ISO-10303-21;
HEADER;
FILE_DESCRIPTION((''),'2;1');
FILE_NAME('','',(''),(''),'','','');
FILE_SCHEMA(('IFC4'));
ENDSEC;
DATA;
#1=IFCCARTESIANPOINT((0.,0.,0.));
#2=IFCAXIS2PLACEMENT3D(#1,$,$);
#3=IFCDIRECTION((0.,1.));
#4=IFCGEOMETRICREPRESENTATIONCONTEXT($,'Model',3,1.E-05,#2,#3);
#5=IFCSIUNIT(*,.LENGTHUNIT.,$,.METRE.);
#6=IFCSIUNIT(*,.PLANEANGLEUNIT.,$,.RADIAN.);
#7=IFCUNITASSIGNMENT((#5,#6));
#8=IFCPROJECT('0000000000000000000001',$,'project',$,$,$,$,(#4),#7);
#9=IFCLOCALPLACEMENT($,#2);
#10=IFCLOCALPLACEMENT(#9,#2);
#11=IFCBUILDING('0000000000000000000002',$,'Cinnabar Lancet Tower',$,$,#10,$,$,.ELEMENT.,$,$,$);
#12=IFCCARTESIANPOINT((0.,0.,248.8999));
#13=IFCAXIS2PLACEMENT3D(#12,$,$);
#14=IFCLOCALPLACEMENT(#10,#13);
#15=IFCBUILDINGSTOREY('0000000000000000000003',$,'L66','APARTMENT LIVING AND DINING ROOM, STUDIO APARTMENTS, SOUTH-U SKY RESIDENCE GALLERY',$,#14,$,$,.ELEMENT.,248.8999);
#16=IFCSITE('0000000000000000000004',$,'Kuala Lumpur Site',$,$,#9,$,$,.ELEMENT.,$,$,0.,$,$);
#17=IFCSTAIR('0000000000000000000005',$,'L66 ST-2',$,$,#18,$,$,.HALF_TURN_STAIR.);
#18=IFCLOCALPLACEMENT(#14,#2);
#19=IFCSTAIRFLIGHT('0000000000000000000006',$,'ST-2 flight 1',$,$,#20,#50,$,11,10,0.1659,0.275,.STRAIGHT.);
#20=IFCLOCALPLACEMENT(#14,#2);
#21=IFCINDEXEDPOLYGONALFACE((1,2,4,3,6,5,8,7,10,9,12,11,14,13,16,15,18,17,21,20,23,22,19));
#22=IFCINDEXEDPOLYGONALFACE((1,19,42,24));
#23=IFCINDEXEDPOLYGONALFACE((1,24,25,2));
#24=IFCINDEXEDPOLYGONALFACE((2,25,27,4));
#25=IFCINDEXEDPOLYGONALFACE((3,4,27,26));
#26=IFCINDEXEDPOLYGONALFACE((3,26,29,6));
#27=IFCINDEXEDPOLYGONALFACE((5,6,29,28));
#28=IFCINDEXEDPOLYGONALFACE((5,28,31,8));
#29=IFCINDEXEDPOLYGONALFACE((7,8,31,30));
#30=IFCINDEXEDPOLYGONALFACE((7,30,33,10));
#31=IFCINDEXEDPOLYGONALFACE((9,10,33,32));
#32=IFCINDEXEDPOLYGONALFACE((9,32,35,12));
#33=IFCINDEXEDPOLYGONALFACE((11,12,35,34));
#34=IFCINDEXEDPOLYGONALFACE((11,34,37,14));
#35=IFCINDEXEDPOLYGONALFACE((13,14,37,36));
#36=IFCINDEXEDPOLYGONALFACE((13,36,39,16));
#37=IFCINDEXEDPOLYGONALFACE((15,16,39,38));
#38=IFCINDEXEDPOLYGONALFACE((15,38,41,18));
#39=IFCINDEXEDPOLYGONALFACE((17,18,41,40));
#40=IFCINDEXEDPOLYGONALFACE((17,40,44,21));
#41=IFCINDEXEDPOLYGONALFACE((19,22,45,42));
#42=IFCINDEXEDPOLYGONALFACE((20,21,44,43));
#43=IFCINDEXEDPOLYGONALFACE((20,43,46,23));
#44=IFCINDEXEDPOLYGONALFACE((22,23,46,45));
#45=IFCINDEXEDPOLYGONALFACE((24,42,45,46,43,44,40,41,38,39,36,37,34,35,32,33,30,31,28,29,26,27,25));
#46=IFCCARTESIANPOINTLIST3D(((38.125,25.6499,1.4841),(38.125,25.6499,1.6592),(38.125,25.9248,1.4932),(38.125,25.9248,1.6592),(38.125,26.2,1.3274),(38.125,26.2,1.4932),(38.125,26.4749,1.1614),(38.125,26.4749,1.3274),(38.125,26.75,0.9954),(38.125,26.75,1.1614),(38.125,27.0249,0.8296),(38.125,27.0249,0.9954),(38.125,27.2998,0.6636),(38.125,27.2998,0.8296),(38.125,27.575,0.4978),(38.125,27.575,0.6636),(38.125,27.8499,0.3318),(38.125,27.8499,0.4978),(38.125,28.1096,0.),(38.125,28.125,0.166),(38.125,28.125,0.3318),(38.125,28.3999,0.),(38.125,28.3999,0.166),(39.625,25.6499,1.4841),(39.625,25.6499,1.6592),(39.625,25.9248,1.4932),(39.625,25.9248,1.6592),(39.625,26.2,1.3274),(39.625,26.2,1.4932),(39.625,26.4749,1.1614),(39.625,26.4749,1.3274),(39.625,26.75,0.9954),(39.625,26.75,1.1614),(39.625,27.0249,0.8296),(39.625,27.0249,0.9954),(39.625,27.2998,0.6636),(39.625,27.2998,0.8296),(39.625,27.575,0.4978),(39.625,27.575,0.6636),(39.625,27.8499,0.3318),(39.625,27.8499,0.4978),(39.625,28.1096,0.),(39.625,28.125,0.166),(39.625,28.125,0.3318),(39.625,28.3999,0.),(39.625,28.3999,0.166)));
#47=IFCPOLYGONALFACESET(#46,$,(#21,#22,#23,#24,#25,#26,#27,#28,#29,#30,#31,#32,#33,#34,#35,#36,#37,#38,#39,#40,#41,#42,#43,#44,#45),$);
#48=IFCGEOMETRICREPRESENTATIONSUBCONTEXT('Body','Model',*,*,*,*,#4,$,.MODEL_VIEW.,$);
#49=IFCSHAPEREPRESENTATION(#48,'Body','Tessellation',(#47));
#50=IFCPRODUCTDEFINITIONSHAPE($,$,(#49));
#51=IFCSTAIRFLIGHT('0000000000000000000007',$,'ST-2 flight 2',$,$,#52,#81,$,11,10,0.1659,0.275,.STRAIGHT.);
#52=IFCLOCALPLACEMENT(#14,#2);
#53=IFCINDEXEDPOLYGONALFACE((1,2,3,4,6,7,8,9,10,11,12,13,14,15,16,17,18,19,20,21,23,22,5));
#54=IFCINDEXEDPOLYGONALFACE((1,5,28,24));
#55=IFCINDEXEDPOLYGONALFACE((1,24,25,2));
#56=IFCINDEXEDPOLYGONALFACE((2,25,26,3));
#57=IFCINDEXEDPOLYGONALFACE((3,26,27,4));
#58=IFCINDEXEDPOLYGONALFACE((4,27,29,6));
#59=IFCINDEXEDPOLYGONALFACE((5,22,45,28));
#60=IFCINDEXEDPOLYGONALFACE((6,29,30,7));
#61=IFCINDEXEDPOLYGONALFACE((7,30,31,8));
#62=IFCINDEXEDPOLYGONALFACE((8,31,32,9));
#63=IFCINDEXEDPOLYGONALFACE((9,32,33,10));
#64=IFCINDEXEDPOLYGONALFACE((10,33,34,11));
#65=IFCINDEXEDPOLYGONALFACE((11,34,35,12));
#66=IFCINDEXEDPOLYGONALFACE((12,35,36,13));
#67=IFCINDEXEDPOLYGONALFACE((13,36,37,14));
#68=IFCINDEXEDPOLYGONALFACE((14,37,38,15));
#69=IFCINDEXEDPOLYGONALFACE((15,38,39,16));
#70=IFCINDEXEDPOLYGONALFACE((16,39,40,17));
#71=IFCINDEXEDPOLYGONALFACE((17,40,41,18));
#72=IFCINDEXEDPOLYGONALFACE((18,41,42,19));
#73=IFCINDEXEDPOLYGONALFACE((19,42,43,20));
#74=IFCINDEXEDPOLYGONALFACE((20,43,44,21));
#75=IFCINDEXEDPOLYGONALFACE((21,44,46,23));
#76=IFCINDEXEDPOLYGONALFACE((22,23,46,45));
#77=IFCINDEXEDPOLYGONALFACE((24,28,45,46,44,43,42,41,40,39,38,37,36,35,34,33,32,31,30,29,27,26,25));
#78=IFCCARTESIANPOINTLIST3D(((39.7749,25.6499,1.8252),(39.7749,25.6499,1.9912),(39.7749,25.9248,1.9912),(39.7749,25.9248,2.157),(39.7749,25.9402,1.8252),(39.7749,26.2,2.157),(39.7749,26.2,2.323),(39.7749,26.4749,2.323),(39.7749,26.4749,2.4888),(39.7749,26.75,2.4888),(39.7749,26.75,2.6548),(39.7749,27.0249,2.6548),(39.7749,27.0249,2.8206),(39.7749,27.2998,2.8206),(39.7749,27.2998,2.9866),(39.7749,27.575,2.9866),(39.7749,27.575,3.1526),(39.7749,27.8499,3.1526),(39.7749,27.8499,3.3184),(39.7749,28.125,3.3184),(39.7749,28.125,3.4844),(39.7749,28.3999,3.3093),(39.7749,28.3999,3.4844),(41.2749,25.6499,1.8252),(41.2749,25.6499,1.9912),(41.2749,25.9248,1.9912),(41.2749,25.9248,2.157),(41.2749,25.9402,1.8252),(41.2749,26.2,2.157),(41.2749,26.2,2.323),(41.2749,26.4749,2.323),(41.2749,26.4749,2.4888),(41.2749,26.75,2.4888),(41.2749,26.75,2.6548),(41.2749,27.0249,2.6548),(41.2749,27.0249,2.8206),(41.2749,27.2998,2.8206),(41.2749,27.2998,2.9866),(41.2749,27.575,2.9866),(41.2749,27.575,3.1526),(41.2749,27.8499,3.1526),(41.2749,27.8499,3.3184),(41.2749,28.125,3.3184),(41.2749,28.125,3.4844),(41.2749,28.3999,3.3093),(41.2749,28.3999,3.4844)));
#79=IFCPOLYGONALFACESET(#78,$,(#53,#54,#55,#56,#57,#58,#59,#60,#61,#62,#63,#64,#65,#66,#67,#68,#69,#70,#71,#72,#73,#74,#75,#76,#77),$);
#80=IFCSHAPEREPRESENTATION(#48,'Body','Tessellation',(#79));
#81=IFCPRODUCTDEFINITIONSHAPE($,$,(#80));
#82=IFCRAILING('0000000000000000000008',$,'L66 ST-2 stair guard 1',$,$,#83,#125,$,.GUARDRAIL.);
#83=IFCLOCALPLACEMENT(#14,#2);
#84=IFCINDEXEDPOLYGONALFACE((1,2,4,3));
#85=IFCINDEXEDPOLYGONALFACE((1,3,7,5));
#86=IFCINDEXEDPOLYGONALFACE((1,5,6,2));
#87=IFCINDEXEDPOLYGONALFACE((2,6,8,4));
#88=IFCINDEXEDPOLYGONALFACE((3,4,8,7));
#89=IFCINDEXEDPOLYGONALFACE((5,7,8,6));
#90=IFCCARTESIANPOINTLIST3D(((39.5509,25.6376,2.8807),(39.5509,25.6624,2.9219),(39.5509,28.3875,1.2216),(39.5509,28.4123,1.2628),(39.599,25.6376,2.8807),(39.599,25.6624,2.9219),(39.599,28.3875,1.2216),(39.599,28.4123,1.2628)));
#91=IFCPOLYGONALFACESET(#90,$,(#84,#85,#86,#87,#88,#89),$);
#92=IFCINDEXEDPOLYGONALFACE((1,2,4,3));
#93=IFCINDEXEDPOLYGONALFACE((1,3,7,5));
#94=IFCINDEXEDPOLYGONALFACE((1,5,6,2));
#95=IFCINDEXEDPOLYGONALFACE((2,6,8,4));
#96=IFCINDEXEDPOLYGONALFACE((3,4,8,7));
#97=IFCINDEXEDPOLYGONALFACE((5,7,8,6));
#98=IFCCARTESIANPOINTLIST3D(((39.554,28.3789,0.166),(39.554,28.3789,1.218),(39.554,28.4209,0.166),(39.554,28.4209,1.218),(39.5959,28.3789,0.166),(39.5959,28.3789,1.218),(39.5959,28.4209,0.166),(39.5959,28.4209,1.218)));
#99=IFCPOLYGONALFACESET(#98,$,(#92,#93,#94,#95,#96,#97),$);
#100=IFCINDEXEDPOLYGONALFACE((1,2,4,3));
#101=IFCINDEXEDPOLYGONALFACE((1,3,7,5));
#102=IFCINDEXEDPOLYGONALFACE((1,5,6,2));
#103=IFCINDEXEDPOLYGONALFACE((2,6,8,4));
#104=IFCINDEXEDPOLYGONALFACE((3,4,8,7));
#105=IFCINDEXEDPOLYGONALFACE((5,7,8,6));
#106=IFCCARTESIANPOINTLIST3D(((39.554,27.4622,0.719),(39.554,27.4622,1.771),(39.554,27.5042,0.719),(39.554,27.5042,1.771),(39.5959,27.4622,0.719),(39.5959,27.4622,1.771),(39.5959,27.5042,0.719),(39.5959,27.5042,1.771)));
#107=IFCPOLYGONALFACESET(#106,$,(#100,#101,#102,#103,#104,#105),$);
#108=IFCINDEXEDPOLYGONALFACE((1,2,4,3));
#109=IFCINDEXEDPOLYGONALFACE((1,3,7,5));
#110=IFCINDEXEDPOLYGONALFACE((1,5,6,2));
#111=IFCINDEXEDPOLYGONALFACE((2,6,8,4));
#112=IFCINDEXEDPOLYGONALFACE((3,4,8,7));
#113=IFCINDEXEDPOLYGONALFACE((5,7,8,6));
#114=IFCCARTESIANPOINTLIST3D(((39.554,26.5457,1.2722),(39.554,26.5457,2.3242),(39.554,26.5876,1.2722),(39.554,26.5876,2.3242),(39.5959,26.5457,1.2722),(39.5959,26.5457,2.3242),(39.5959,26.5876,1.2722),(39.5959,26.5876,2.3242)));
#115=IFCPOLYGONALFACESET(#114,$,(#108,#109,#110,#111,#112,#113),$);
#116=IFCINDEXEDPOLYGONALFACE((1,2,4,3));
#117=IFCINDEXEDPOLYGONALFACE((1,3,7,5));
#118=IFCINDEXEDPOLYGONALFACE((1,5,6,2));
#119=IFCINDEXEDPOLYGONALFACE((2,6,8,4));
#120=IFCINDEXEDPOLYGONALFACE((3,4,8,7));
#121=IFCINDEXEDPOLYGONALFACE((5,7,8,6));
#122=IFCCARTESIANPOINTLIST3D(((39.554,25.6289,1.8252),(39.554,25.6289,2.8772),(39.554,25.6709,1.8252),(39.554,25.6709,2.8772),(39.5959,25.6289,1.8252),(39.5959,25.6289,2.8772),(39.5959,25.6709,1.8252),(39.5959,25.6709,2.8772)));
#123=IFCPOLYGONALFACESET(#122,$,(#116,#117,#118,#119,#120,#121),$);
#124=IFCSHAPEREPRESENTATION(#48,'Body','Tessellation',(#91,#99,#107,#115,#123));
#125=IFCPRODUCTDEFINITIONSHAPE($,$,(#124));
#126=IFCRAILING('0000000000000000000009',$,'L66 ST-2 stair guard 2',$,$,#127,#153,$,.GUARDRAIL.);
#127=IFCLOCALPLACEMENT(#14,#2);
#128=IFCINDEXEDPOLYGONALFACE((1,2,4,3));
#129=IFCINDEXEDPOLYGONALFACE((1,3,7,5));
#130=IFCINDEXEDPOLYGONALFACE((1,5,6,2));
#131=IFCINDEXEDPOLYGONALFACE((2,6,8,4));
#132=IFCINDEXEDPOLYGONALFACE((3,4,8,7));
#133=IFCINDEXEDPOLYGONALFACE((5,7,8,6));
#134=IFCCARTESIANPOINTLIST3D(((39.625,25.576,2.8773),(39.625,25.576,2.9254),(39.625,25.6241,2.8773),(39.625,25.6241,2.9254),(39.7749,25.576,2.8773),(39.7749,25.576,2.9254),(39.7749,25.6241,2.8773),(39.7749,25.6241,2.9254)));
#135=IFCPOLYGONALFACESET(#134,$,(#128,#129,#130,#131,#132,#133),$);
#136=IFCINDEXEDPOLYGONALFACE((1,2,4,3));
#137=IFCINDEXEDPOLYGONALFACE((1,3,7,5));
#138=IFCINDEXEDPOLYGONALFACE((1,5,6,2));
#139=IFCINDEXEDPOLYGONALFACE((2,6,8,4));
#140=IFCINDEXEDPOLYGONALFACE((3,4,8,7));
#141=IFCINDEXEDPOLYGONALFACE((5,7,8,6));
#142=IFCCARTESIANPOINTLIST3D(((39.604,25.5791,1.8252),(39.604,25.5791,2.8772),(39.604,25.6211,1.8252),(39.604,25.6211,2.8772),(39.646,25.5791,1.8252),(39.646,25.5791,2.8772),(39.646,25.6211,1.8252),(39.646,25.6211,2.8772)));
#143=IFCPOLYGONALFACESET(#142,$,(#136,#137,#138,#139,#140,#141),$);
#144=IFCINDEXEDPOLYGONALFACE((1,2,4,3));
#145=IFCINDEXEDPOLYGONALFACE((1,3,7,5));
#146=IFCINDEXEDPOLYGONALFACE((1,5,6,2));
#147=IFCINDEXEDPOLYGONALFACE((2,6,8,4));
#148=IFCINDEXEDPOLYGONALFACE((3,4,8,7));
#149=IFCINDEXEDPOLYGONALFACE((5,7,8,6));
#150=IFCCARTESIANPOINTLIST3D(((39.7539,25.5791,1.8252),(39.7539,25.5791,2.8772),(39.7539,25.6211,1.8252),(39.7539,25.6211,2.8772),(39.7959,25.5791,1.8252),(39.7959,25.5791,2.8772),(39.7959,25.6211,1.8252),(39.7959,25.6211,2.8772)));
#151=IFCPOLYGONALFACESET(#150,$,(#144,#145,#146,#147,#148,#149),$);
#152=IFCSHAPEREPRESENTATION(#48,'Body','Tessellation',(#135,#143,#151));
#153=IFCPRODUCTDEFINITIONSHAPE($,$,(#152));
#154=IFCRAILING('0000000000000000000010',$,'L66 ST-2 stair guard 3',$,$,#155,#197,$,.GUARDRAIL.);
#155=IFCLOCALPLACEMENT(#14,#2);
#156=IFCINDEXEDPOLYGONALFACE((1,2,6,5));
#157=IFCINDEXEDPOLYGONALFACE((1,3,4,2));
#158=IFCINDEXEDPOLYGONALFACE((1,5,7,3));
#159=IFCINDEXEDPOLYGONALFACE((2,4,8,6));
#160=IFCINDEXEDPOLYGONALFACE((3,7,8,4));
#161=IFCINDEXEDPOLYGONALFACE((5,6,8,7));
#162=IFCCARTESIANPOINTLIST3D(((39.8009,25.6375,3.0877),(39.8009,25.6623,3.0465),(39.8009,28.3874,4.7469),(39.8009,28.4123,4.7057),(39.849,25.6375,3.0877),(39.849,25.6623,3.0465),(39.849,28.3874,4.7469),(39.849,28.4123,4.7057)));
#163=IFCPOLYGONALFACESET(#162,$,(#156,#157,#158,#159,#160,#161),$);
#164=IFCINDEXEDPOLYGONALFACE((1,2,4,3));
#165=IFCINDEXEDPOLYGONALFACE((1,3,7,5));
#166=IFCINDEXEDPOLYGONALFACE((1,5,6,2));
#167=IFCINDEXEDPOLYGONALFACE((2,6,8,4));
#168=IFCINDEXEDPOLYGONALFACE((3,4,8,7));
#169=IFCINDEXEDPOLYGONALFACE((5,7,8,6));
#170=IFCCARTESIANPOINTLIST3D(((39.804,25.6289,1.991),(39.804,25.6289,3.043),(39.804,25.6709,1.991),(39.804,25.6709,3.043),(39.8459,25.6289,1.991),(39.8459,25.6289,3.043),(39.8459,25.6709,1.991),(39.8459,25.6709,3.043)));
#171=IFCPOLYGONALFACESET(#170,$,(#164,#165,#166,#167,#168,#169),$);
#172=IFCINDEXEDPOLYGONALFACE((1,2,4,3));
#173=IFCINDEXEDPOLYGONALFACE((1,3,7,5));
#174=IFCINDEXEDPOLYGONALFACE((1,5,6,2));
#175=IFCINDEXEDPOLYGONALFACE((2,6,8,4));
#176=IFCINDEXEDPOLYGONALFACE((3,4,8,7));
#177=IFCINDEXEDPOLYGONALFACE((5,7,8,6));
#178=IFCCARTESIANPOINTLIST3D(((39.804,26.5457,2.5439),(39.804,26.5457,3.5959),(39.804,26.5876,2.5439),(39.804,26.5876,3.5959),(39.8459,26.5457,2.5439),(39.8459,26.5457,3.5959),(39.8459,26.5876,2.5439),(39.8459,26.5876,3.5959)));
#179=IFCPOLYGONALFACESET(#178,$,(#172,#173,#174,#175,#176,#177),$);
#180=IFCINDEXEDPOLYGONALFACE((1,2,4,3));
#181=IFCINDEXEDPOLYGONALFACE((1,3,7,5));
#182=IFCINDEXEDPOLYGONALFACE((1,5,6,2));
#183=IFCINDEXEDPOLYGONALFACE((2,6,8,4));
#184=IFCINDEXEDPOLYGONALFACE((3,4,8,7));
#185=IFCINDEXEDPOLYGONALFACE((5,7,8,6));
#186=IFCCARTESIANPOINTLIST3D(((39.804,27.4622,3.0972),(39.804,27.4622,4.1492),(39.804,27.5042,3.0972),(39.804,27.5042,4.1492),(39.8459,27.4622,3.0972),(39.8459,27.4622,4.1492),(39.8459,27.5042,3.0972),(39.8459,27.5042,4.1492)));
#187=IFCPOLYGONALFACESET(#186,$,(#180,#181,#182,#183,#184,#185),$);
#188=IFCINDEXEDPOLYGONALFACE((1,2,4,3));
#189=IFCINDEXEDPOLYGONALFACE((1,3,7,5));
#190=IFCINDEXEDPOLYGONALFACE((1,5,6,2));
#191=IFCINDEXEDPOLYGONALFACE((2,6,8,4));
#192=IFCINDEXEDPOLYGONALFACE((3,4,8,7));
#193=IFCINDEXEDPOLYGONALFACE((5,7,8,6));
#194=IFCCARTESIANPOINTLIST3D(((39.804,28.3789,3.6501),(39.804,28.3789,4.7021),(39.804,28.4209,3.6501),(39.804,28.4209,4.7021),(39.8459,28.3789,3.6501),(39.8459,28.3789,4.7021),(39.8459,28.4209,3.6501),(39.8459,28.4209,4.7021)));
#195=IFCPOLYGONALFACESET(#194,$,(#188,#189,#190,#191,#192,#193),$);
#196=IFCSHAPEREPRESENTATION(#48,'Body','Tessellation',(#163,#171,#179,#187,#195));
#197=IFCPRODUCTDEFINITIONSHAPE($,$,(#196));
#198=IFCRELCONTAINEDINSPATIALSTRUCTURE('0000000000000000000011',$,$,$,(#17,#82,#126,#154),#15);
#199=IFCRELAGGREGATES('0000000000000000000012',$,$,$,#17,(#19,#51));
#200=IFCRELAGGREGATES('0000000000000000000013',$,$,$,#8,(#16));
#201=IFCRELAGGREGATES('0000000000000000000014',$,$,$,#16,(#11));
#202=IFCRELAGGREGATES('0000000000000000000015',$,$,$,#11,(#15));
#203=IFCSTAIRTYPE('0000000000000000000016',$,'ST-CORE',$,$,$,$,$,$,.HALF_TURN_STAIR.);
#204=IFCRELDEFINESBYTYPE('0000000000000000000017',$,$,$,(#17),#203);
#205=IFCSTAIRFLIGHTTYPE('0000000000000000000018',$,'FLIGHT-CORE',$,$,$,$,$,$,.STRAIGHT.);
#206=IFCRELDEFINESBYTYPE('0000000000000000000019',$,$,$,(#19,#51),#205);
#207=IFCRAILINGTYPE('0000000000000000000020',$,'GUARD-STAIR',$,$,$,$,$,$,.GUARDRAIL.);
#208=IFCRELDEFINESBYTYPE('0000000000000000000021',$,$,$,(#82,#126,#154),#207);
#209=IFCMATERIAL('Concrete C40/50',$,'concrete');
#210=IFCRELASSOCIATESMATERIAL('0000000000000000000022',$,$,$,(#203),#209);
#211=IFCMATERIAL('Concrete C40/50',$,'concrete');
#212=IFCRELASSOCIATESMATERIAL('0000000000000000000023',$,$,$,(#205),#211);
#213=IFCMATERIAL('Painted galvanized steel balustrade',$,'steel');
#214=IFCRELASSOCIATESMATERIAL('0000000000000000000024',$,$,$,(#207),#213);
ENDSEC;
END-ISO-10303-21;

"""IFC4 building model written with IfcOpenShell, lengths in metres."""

from ifc_helpers import new_model, si_unit, direction, frame, origin, origin_2d, place, context, subcontext, project, spatial, polyline, rectangle, outline, extrude, material, type_object, element, aggregate, save


model = new_model("IFC4")

# Units and contexts
model_context = context("Model", 3, precision=1e-05, world=origin(), true_north=direction((0.0, 1.0)))
body_context = subcontext(model_context, "Body", "Model", "MODEL_VIEW")
ifc_project = project(units=[si_unit("LENGTHUNIT", "METRE"), si_unit("PLANEANGLEUNIT", "RADIAN")], contexts=[model_context])

# Site, building, storey
site_placement = place(None, origin())
site = spatial("IfcSite", under=ifc_project, at=site_placement, Name="Kuala Lumpur Site", CompositionType="ELEMENT", RefElevation=0.0)
building_placement = place(site_placement, origin())
building = spatial("IfcBuilding", under=site, at=building_placement, Name="Cinnabar Lancet Tower", CompositionType="ELEMENT")
storey_placement = place(building_placement, frame((0.0, 0.0, 248.8999)))
storey = spatial("IfcBuildingStorey", under=building, at=storey_placement, Name="L66", Description="APARTMENT LIVING AND DINING ROOM, STUDIO APARTMENTS, SOUTH-U SKY RESIDENCE GALLERY", CompositionType="ELEMENT", Elevation=248.8999)

# Stair, stair flights
ifc_material_1 = material(Name="Concrete C40/50", Category="concrete")
stair_type = type_object("IfcStairType", Name="ST-CORE", PredefinedType="HALF_TURN_STAIR", material=ifc_material_1)
stair_placement = place(storey_placement, origin())
stair = element("IfcStair", 1, at=stair_placement, inside=storey, type_object=stair_type, Name="L66 ST-2", PredefinedType="HALF_TURN_STAIR")
ifc_material_2 = material(Name="Concrete C40/50", Category="concrete")
stair_flight_type = type_object("IfcStairFlightType", Name="FLIGHT-CORE", PredefinedType="STRAIGHT", material=ifc_material_2)
stair_flight_1_placement = place(storey_placement, frame((38.875, 28.3999, 0.0), z_axis=(0.0, 0.0, 1.0), x_axis=(0.0, -1.0, 0.0)))
stair_flight_1 = element("IfcStairFlight", 2, at=stair_flight_1_placement, type_object=stair_flight_type, Name="ST-2 flight 1", NumberOfRisers=11, NumberOfTreads=10, PredefinedType="STRAIGHT", RiserHeight=0.1659, TreadLength=0.275, context=body_context, shape_type="SweptSolid", body=[
    extrude(outline(polyline([(0.0, 0.0), (0.0, 0.166), (0.2749, 0.166), (0.2749, 0.3318), (0.55, 0.3318), (0.55, 0.4978), (0.825, 0.4978), (0.825, 0.6636), (1.1001, 0.6636), (1.1001, 0.8296), (1.375, 0.8296), (1.375, 0.9954), (1.6499, 0.9954), (1.6499, 1.1614), (1.925, 1.1614), (1.925, 1.3274), (2.2, 1.3274), (2.2, 1.4932), (2.4751, 1.4932), (2.4751, 1.6592), (2.75, 1.6592), (2.75, 1.825), (2.75, 1.4841), (0.2903, 0.0), (0.0, 0.0)])), frame((0.0, 0.75, 0.0), z_axis=(0.0, -1.0, 0.0), x_axis=(1.0, 0.0, 0.0)), (0.0, 0.0, 1.0), 1.5),
])
stair_flight_2_placement = place(storey_placement, frame((40.5249, 25.6499, 1.8252), z_axis=(0.0, 0.0, 1.0), x_axis=(0.0, 1.0, 0.0)))
stair_flight_2 = element("IfcStairFlight", 3, at=stair_flight_2_placement, type_object=stair_flight_type, Name="ST-2 flight 2", NumberOfRisers=11, NumberOfTreads=10, PredefinedType="STRAIGHT", RiserHeight=0.1659, TreadLength=0.275, context=body_context, shape_type="SweptSolid", body=[
    extrude(outline(polyline([(0.0, 0.0), (0.0, 0.166), (0.2749, 0.166), (0.2749, 0.3318), (0.55, 0.3318), (0.55, 0.4978), (0.825, 0.4978), (0.825, 0.6636), (1.1001, 0.6636), (1.1001, 0.8296), (1.375, 0.8296), (1.375, 0.9954), (1.6499, 0.9954), (1.6499, 1.1614), (1.925, 1.1614), (1.925, 1.3274), (2.2, 1.3274), (2.2, 1.4932), (2.4751, 1.4932), (2.4751, 1.6592), (2.75, 1.6592), (2.75, 1.825), (2.75, 1.4841), (0.2903, 0.0), (0.0, 0.0)])), frame((0.0, 0.75, 0.0), z_axis=(0.0, -1.0, 0.0), x_axis=(1.0, 0.0, 0.0)), (0.0, 0.0, 1.0), 1.5),
])
aggregate(stair, [stair_flight_1, stair_flight_2])

# Railings
ifc_material_3 = material(Name="Painted galvanized steel balustrade", Category="steel")
railing_type_1 = type_object("IfcRailingType", Name="GUARD-STAIR", PredefinedType="GUARDRAIL", material=ifc_material_3)
railing_1_placement = place(storey_placement, frame((39.575, 28.3999, 0.166)))
element("IfcRailing", 4, at=railing_1_placement, inside=storey, type_object=railing_type_1, Name="L66 ST-2 stair guard 1", PredefinedType="GUARDRAIL", context=body_context, shape_type="SweptSolid", body=[
    extrude(rectangle(XDim=0.0481, YDim=0.0481, at=origin_2d()), frame((0.0, 0.0, 1.0762), z_axis=(0.0, -0.856229, 0.516596), x_axis=(1.0, 0.0, 0.0)), (0.0, 0.0, 1.0), 3.2117),
    extrude(rectangle(XDim=0.042, YDim=0.042, at=origin_2d()), origin(), (0.0, 0.0, 1.0), 1.052),
    extrude(rectangle(XDim=0.042, YDim=0.042, at=origin_2d()), frame((0.0, -0.9167, 0.553)), (0.0, 0.0, 1.0), 1.052),
    extrude(rectangle(XDim=0.042, YDim=0.042, at=origin_2d()), frame((0.0, -1.8333, 1.1062)), (0.0, 0.0, 1.0), 1.052),
    extrude(rectangle(XDim=0.042, YDim=0.042, at=origin_2d()), frame((0.0, -2.75, 1.6592)), (0.0, 0.0, 1.0), 1.052),
])
railing_2_placement = place(storey_placement, frame((39.625, 25.6001, 1.8252)))
element("IfcRailing", 5, at=railing_2_placement, inside=storey, type_object=railing_type_1, Name="L66 ST-2 stair guard 2", PredefinedType="GUARDRAIL", context=body_context, shape_type="SweptSolid", body=[
    extrude(rectangle(XDim=0.0481, YDim=0.0481, at=origin_2d()), frame((0.0, 0.0, 1.0762), z_axis=(1.0, 0.0, 0.0), x_axis=(0.0, 1.0, 0.0)), (0.0, 0.0, 1.0), 0.1499),
    extrude(rectangle(XDim=0.042, YDim=0.042, at=origin_2d()), origin(), (0.0, 0.0, 1.0), 1.052),
    extrude(rectangle(XDim=0.042, YDim=0.042, at=origin_2d()), frame((0.1499, 0.0, 0.0)), (0.0, 0.0, 1.0), 1.052),
])
railing_3_placement = place(storey_placement, frame((39.825, 25.6499, 1.991)))
element("IfcRailing", 6, at=railing_3_placement, inside=storey, type_object=railing_type_1, Name="L66 ST-2 stair guard 3", PredefinedType="GUARDRAIL", context=body_context, shape_type="SweptSolid", body=[
    extrude(rectangle(XDim=0.0481, YDim=0.0481, at=origin_2d()), frame((0.0, 0.0, 1.0762), z_axis=(0.0, 0.856229, 0.516596), x_axis=(-1.0, 0.0, 0.0)), (0.0, 0.0, 1.0), 3.2117),
    extrude(rectangle(XDim=0.042, YDim=0.042, at=origin_2d()), origin(), (0.0, 0.0, 1.0), 1.052),
    extrude(rectangle(XDim=0.042, YDim=0.042, at=origin_2d()), frame((0.0, 0.9167, 0.553)), (0.0, 0.0, 1.0), 1.052),
    extrude(rectangle(XDim=0.042, YDim=0.042, at=origin_2d()), frame((0.0, 1.8333, 1.1062)), (0.0, 0.0, 1.0), 1.052),
    extrude(rectangle(XDim=0.042, YDim=0.042, at=origin_2d()), frame((0.0, 2.75, 1.6592)), (0.0, 0.0, 1.0), 1.052),
])

save(model, "model.ifc")
